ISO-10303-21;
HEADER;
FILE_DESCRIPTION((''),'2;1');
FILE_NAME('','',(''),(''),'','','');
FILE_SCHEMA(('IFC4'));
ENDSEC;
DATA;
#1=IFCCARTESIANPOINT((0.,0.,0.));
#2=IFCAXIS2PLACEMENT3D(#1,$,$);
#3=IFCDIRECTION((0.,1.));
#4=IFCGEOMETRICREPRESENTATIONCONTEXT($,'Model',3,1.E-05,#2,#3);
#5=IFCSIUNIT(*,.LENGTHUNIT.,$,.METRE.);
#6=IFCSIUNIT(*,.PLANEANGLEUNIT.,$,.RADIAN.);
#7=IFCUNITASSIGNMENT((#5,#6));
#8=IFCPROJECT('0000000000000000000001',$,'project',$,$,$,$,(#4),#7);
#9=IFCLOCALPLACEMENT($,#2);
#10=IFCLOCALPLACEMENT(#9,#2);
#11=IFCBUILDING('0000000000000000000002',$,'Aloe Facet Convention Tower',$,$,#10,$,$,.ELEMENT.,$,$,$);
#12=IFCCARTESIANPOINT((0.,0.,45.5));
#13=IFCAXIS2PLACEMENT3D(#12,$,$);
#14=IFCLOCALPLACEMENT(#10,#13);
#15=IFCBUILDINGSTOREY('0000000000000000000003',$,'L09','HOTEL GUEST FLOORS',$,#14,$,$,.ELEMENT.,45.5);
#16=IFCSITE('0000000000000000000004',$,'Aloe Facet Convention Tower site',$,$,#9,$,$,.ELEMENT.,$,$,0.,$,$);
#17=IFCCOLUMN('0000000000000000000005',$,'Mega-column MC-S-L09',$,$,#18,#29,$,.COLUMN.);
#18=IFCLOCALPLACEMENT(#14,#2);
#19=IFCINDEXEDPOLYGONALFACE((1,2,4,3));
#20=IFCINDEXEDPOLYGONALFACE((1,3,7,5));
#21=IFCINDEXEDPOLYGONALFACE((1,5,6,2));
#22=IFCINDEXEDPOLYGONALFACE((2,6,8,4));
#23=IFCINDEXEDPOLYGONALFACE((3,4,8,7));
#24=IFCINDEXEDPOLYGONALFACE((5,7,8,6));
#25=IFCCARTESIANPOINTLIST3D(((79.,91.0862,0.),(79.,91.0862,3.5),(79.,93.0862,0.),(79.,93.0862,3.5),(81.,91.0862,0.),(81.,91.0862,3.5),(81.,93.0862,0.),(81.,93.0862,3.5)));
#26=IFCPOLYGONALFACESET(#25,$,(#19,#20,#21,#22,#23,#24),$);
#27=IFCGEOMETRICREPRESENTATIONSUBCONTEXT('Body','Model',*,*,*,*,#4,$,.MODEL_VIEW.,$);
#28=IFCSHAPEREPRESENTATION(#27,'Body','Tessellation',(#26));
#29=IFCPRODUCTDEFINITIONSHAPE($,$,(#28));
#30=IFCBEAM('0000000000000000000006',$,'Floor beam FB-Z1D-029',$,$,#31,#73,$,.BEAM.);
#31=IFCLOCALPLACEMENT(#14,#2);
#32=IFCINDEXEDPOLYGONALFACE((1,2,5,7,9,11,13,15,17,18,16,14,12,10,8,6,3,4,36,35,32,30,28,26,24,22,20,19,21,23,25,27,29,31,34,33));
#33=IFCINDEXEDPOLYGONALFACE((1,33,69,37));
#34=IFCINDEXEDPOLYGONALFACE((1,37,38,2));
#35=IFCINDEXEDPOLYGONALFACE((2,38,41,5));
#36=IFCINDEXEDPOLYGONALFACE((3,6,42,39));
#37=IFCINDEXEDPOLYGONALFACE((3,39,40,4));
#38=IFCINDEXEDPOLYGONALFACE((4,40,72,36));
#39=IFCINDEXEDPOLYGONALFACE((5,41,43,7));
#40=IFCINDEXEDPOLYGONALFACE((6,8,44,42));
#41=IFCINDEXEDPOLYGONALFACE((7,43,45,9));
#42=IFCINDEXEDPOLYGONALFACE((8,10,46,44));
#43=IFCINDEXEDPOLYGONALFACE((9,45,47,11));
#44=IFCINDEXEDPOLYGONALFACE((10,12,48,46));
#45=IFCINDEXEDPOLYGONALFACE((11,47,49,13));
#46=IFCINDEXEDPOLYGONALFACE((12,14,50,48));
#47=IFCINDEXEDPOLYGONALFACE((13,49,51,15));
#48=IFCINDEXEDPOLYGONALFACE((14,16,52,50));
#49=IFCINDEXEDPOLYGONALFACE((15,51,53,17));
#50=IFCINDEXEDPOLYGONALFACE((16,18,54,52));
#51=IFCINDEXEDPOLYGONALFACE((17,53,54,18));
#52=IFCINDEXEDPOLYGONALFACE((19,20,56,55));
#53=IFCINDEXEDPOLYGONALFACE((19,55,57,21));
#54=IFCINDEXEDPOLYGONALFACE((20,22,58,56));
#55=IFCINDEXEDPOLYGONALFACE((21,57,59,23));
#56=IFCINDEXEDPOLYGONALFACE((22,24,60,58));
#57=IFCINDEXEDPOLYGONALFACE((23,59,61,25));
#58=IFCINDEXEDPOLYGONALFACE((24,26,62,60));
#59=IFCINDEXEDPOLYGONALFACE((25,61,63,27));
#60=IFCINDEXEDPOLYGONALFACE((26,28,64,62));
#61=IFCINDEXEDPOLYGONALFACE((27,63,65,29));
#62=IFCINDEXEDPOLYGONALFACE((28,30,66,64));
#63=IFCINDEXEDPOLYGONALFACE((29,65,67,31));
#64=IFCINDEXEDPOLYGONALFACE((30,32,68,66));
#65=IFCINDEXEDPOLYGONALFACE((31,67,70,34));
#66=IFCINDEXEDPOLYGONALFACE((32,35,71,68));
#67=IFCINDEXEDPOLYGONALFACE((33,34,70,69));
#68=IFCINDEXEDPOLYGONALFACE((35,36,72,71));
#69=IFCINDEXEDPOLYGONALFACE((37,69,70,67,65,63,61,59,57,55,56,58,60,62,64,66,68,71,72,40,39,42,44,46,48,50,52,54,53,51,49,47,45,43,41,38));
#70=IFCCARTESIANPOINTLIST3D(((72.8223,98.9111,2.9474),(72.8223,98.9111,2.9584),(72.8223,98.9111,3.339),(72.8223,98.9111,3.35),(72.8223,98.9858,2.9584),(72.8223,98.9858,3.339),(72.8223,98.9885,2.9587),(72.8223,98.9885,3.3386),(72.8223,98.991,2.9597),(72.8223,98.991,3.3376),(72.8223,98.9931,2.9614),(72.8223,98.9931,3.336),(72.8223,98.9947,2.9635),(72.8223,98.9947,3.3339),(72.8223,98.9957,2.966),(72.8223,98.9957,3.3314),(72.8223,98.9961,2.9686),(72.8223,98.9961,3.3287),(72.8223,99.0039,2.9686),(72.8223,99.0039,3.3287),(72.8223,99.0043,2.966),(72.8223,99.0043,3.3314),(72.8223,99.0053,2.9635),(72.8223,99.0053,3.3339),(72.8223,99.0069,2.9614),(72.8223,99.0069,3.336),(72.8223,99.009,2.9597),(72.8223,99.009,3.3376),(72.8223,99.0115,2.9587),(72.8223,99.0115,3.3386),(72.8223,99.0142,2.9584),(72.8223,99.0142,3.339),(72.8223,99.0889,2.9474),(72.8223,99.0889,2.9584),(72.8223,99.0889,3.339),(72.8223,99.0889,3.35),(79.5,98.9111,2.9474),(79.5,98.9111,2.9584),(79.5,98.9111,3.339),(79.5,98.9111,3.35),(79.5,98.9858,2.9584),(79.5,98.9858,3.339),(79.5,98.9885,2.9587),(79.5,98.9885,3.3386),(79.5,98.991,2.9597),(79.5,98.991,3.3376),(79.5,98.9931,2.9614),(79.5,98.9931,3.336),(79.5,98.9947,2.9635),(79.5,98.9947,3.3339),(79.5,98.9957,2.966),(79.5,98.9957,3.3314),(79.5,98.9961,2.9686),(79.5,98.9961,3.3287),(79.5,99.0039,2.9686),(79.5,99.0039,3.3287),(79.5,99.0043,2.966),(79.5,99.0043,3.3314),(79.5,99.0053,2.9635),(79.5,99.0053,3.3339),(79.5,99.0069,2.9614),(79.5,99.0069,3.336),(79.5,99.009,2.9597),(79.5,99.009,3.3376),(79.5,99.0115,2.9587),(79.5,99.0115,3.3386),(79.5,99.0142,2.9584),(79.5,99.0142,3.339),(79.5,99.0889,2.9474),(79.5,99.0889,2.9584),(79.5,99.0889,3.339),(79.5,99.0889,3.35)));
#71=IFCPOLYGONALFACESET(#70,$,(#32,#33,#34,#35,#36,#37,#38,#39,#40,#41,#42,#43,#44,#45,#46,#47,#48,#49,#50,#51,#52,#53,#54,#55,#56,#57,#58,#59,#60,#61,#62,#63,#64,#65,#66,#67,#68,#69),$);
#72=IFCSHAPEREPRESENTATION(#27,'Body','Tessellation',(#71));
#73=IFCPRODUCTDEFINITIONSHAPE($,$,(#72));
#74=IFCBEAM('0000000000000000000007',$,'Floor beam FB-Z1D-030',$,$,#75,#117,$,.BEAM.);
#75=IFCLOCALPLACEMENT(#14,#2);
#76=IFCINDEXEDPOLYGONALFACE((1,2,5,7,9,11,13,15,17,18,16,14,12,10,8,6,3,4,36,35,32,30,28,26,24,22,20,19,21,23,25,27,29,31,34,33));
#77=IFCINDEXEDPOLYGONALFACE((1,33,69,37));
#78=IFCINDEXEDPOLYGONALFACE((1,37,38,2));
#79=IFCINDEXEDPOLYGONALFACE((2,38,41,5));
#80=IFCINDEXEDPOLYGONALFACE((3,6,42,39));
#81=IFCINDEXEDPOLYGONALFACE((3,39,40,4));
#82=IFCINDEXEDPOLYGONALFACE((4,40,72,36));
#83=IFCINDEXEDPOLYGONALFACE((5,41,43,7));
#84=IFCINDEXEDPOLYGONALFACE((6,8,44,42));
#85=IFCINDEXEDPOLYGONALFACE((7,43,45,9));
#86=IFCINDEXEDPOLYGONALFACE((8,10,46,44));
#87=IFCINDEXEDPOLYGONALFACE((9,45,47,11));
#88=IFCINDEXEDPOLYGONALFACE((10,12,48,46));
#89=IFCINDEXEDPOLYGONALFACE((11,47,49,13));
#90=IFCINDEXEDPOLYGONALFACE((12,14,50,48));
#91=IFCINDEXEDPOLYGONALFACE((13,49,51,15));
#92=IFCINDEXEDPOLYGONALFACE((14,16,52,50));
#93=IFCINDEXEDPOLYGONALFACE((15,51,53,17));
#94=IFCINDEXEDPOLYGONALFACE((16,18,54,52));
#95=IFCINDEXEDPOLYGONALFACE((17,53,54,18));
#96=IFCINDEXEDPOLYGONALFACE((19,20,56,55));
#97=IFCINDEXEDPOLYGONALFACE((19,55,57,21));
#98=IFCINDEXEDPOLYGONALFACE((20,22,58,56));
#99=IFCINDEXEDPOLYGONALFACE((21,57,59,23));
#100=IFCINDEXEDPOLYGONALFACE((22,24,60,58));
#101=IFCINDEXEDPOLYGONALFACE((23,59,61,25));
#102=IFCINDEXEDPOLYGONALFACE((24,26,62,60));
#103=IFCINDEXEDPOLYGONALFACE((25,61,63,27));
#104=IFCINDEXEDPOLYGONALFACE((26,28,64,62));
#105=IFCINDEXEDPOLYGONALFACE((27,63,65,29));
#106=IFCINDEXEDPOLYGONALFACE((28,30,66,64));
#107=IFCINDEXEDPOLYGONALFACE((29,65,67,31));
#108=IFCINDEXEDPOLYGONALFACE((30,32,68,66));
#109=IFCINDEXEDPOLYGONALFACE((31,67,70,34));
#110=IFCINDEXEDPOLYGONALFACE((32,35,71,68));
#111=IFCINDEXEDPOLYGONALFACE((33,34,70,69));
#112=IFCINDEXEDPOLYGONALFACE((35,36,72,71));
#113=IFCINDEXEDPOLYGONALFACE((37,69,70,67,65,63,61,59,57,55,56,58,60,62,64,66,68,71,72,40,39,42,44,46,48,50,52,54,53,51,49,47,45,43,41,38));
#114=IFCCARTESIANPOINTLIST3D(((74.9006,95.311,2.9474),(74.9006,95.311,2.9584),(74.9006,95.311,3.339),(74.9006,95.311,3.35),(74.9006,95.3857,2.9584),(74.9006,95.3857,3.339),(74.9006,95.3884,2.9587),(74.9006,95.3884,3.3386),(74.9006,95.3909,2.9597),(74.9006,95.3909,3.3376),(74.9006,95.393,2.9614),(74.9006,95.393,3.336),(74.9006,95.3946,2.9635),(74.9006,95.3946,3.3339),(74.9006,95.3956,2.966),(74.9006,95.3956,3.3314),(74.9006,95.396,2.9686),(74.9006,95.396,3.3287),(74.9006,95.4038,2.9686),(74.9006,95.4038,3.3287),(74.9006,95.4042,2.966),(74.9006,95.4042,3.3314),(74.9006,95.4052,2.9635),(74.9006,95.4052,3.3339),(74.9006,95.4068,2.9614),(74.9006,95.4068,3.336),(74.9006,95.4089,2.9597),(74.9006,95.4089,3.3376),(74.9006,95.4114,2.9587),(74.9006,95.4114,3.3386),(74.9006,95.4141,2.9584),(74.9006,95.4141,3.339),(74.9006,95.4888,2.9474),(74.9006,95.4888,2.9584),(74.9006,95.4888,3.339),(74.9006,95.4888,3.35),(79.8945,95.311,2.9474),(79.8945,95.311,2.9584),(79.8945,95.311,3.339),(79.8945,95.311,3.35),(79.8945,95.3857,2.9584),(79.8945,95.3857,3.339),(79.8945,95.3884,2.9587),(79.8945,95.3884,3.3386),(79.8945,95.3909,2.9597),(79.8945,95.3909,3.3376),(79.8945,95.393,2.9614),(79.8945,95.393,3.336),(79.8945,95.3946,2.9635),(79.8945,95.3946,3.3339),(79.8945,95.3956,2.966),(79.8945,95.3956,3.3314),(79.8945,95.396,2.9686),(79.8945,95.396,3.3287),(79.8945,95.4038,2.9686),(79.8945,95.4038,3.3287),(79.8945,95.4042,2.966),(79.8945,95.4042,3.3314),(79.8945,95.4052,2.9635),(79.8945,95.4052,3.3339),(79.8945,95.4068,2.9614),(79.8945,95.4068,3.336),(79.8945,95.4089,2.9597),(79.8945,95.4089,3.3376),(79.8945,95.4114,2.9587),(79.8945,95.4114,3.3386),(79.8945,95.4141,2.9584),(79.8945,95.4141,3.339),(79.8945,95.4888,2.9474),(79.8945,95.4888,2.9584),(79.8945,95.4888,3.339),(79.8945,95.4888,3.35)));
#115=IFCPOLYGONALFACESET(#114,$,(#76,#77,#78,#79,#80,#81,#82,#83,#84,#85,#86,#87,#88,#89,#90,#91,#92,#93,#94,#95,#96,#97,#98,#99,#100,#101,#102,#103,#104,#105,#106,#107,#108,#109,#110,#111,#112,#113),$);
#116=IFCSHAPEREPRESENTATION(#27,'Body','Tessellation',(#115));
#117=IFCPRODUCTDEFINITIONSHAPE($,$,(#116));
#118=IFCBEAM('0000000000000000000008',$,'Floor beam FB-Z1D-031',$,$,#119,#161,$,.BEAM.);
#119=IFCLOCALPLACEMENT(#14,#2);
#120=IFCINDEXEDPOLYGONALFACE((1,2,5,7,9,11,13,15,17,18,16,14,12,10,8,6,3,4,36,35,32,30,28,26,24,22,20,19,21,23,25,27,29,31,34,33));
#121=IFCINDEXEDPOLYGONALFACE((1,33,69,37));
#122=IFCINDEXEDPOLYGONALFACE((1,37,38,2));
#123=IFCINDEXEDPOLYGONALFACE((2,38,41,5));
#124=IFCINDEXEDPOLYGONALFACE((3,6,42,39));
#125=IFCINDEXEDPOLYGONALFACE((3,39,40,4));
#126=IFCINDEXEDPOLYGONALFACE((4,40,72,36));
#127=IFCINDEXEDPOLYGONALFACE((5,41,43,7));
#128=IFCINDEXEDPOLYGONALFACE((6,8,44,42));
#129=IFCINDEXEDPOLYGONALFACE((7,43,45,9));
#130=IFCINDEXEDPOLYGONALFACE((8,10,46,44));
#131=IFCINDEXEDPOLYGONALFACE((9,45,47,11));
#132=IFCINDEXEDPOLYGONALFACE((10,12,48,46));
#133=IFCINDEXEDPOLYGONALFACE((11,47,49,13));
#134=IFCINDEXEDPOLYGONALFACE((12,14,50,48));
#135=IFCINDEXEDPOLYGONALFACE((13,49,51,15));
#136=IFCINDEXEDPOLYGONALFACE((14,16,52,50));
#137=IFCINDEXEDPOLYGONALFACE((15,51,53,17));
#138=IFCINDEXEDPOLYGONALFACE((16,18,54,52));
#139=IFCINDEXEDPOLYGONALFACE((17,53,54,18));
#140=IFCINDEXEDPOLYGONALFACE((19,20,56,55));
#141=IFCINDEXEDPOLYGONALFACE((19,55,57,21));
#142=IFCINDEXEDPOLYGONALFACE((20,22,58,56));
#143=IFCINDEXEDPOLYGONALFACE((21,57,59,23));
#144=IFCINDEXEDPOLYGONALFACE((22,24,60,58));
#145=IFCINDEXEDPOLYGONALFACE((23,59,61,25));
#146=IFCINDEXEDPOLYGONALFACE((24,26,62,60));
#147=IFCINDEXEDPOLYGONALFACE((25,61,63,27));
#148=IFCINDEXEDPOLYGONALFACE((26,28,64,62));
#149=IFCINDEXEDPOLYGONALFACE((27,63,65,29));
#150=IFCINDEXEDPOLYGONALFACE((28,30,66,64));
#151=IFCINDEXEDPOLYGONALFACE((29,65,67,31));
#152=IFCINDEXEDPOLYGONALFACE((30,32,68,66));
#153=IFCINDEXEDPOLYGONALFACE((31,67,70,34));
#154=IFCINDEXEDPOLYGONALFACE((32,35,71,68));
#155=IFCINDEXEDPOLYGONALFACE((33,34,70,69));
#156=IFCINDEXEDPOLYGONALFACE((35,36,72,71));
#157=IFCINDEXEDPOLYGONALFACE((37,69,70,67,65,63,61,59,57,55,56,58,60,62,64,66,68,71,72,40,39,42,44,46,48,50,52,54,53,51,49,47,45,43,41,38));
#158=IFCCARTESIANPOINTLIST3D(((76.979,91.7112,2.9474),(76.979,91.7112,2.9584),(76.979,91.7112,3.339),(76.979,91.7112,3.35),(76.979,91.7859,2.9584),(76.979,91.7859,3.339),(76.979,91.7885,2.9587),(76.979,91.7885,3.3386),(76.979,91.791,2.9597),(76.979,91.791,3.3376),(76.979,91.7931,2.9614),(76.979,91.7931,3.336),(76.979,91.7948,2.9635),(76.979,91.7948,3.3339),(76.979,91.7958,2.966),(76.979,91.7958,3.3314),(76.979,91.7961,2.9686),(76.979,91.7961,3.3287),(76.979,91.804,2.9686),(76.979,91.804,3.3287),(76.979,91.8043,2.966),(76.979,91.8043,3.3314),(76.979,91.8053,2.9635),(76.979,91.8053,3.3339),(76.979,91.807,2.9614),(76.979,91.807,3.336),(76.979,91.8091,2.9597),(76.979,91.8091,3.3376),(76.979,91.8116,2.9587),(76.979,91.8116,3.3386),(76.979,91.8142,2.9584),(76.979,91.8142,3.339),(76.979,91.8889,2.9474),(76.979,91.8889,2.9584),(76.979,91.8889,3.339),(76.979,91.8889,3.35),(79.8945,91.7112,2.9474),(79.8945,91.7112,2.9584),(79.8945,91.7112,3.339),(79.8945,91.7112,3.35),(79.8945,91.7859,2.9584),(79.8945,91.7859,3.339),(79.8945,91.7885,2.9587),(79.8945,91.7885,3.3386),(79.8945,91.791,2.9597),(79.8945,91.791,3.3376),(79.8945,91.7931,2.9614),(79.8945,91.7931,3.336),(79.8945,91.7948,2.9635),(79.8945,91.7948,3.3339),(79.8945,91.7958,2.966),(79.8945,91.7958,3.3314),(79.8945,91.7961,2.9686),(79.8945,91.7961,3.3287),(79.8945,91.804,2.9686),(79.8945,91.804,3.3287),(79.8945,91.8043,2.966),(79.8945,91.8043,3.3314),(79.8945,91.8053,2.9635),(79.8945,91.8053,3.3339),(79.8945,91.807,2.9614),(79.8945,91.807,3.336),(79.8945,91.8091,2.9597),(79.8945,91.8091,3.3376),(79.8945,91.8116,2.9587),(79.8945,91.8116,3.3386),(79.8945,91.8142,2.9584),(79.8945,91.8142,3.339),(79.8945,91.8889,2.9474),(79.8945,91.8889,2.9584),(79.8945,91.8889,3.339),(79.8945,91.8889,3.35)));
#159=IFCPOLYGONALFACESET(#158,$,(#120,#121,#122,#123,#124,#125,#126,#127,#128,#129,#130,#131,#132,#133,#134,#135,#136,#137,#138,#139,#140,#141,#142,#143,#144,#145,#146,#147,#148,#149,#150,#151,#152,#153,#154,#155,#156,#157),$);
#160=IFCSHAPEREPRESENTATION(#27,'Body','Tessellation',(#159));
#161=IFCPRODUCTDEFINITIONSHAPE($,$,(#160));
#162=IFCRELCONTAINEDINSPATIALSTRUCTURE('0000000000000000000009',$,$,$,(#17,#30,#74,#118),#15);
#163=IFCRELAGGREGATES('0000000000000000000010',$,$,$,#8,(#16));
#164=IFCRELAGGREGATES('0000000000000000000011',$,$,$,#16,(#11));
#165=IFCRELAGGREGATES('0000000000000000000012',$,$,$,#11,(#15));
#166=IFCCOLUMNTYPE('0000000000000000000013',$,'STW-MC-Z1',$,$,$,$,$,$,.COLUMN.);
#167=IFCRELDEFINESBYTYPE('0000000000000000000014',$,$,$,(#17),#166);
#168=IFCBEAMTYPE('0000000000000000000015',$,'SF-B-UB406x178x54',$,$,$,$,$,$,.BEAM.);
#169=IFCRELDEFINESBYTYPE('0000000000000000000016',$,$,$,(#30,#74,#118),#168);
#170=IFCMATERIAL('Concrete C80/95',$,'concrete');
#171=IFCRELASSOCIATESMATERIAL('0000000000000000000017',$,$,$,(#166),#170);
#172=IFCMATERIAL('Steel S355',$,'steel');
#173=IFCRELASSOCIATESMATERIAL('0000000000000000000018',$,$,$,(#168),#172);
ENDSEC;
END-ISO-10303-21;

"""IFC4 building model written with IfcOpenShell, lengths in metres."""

from ifc_helpers import new_model, si_unit, direction, frame, origin, origin_2d, place, context, subcontext, project, spatial, rectangle, i_section, extrude, material, material_profile, profile_set, type_object, element, save


model = new_model("IFC4")

# Units and contexts
model_context = context("Model", 3, precision=1e-05, world=origin(), true_north=direction((0.0, 1.0)))
body_context = subcontext(model_context, "Body", "Model", "MODEL_VIEW")
ifc_project = project(units=[si_unit("LENGTHUNIT", "METRE"), si_unit("PLANEANGLEUNIT", "RADIAN")], contexts=[model_context])

# Site, building, storey
site_placement = place(None, origin())
site = spatial("IfcSite", under=ifc_project, at=site_placement, Name="Aloe Facet Convention Tower site", CompositionType="ELEMENT", RefElevation=0.0)
building_placement = place(site_placement, origin())
building = spatial("IfcBuilding", under=site, at=building_placement, Name="Aloe Facet Convention Tower", CompositionType="ELEMENT")
storey_placement = place(building_placement, frame((0.0, 0.0, 45.5)))
storey = spatial("IfcBuildingStorey", under=building, at=storey_placement, Name="L09", Description="HOTEL GUEST FLOORS", CompositionType="ELEMENT", Elevation=45.5)

# Column
ifc_material_1 = material(Name="Concrete C80/95", Category="concrete")
ifc_material_profile_1 = material_profile(ifc_material_1, rectangle(XDim=2.0, YDim=2.0, at=origin_2d()), Name="STW-MC-Z1")
ifc_profile_set_1 = profile_set([ifc_material_profile_1], Name="Concrete C80/95")
column_type = type_object("IfcColumnType", Name="STW-MC-Z1", PredefinedType="COLUMN", material=ifc_profile_set_1)
column_placement = place(storey_placement, frame((80.0, 92.0862, 0.0), z_axis=(0.0, 0.0, 1.0), x_axis=(1.0, 0.0, 0.0)))
element("IfcColumn", 1, at=column_placement, inside=storey, type_object=column_type, Name="Mega-column MC-S-L09", PredefinedType="COLUMN", context=body_context, shape_type="SweptSolid", body=[
    extrude(rectangle(XDim=2.0, YDim=2.0, at=origin_2d()), origin(), (0.0, 0.0, 1.0), 3.5),
])

# Beams
ifc_material_2 = material(Name="Steel S355", Category="steel")
ifc_material_profile_2 = material_profile(ifc_material_2, i_section(OverallWidth=0.1777, OverallDepth=0.4026, WebThickness=0.0078, FlangeThickness=0.011, FilletRadius=0.0103, at=origin_2d()), Name="UB 406x178x54")
ifc_profile_set_2 = profile_set([ifc_material_profile_2], Name="Steel S355")
beam_type_1 = type_object("IfcBeamType", Name="SF-B-UB406x178x54", PredefinedType="BEAM", material=ifc_profile_set_2)
beam_1_placement = place(storey_placement, frame((72.8223, 99.0, 3.1487), z_axis=(1.0, 0.0, 0.0), x_axis=(0.0, 1.0, 0.0)))
element("IfcBeam", 2, at=beam_1_placement, inside=storey, type_object=beam_type_1, Name="Floor beam FB-Z1D-029", PredefinedType="BEAM", context=body_context, shape_type="SweptSolid", body=[
    extrude(i_section(OverallWidth=0.1777, OverallDepth=0.4026, WebThickness=0.0078, FlangeThickness=0.011, FilletRadius=0.0103, at=origin_2d()), origin(), (0.0, 0.0, 1.0), 6.6777),
])
beam_2_placement = place(storey_placement, frame((74.9006, 95.3999, 3.1487), z_axis=(1.0, 0.0, 0.0), x_axis=(0.0, 1.0, 0.0)))
element("IfcBeam", 3, at=beam_2_placement, inside=storey, type_object=beam_type_1, Name="Floor beam FB-Z1D-030", PredefinedType="BEAM", context=body_context, shape_type="SweptSolid", body=[
    extrude(i_section(OverallWidth=0.1777, OverallDepth=0.4026, WebThickness=0.0078, FlangeThickness=0.011, FilletRadius=0.0103, at=origin_2d()), origin(), (0.0, 0.0, 1.0), 4.9939),
])
for number, where, z_axis, x_axis, name in (
    (4, (76.979, 91.8, 3.1487), (1.0, 0.0, 0.0), (0.0, 1.0, 0.0), "Floor beam FB-Z1D-031"),
):
    element("IfcBeam", number, at=place(storey_placement, frame(where, z_axis=z_axis, x_axis=x_axis)), inside=storey, type_object=beam_type_1, Name=name, PredefinedType="BEAM", context=body_context, shape_type="SweptSolid", body=[
        extrude(i_section(OverallWidth=0.1777, OverallDepth=0.4026, WebThickness=0.0078, FlangeThickness=0.011, FilletRadius=0.0103, at=origin_2d()), origin(), (0.0, 0.0, 1.0), 2.9155),
    ])

save(model, "model.ifc")
